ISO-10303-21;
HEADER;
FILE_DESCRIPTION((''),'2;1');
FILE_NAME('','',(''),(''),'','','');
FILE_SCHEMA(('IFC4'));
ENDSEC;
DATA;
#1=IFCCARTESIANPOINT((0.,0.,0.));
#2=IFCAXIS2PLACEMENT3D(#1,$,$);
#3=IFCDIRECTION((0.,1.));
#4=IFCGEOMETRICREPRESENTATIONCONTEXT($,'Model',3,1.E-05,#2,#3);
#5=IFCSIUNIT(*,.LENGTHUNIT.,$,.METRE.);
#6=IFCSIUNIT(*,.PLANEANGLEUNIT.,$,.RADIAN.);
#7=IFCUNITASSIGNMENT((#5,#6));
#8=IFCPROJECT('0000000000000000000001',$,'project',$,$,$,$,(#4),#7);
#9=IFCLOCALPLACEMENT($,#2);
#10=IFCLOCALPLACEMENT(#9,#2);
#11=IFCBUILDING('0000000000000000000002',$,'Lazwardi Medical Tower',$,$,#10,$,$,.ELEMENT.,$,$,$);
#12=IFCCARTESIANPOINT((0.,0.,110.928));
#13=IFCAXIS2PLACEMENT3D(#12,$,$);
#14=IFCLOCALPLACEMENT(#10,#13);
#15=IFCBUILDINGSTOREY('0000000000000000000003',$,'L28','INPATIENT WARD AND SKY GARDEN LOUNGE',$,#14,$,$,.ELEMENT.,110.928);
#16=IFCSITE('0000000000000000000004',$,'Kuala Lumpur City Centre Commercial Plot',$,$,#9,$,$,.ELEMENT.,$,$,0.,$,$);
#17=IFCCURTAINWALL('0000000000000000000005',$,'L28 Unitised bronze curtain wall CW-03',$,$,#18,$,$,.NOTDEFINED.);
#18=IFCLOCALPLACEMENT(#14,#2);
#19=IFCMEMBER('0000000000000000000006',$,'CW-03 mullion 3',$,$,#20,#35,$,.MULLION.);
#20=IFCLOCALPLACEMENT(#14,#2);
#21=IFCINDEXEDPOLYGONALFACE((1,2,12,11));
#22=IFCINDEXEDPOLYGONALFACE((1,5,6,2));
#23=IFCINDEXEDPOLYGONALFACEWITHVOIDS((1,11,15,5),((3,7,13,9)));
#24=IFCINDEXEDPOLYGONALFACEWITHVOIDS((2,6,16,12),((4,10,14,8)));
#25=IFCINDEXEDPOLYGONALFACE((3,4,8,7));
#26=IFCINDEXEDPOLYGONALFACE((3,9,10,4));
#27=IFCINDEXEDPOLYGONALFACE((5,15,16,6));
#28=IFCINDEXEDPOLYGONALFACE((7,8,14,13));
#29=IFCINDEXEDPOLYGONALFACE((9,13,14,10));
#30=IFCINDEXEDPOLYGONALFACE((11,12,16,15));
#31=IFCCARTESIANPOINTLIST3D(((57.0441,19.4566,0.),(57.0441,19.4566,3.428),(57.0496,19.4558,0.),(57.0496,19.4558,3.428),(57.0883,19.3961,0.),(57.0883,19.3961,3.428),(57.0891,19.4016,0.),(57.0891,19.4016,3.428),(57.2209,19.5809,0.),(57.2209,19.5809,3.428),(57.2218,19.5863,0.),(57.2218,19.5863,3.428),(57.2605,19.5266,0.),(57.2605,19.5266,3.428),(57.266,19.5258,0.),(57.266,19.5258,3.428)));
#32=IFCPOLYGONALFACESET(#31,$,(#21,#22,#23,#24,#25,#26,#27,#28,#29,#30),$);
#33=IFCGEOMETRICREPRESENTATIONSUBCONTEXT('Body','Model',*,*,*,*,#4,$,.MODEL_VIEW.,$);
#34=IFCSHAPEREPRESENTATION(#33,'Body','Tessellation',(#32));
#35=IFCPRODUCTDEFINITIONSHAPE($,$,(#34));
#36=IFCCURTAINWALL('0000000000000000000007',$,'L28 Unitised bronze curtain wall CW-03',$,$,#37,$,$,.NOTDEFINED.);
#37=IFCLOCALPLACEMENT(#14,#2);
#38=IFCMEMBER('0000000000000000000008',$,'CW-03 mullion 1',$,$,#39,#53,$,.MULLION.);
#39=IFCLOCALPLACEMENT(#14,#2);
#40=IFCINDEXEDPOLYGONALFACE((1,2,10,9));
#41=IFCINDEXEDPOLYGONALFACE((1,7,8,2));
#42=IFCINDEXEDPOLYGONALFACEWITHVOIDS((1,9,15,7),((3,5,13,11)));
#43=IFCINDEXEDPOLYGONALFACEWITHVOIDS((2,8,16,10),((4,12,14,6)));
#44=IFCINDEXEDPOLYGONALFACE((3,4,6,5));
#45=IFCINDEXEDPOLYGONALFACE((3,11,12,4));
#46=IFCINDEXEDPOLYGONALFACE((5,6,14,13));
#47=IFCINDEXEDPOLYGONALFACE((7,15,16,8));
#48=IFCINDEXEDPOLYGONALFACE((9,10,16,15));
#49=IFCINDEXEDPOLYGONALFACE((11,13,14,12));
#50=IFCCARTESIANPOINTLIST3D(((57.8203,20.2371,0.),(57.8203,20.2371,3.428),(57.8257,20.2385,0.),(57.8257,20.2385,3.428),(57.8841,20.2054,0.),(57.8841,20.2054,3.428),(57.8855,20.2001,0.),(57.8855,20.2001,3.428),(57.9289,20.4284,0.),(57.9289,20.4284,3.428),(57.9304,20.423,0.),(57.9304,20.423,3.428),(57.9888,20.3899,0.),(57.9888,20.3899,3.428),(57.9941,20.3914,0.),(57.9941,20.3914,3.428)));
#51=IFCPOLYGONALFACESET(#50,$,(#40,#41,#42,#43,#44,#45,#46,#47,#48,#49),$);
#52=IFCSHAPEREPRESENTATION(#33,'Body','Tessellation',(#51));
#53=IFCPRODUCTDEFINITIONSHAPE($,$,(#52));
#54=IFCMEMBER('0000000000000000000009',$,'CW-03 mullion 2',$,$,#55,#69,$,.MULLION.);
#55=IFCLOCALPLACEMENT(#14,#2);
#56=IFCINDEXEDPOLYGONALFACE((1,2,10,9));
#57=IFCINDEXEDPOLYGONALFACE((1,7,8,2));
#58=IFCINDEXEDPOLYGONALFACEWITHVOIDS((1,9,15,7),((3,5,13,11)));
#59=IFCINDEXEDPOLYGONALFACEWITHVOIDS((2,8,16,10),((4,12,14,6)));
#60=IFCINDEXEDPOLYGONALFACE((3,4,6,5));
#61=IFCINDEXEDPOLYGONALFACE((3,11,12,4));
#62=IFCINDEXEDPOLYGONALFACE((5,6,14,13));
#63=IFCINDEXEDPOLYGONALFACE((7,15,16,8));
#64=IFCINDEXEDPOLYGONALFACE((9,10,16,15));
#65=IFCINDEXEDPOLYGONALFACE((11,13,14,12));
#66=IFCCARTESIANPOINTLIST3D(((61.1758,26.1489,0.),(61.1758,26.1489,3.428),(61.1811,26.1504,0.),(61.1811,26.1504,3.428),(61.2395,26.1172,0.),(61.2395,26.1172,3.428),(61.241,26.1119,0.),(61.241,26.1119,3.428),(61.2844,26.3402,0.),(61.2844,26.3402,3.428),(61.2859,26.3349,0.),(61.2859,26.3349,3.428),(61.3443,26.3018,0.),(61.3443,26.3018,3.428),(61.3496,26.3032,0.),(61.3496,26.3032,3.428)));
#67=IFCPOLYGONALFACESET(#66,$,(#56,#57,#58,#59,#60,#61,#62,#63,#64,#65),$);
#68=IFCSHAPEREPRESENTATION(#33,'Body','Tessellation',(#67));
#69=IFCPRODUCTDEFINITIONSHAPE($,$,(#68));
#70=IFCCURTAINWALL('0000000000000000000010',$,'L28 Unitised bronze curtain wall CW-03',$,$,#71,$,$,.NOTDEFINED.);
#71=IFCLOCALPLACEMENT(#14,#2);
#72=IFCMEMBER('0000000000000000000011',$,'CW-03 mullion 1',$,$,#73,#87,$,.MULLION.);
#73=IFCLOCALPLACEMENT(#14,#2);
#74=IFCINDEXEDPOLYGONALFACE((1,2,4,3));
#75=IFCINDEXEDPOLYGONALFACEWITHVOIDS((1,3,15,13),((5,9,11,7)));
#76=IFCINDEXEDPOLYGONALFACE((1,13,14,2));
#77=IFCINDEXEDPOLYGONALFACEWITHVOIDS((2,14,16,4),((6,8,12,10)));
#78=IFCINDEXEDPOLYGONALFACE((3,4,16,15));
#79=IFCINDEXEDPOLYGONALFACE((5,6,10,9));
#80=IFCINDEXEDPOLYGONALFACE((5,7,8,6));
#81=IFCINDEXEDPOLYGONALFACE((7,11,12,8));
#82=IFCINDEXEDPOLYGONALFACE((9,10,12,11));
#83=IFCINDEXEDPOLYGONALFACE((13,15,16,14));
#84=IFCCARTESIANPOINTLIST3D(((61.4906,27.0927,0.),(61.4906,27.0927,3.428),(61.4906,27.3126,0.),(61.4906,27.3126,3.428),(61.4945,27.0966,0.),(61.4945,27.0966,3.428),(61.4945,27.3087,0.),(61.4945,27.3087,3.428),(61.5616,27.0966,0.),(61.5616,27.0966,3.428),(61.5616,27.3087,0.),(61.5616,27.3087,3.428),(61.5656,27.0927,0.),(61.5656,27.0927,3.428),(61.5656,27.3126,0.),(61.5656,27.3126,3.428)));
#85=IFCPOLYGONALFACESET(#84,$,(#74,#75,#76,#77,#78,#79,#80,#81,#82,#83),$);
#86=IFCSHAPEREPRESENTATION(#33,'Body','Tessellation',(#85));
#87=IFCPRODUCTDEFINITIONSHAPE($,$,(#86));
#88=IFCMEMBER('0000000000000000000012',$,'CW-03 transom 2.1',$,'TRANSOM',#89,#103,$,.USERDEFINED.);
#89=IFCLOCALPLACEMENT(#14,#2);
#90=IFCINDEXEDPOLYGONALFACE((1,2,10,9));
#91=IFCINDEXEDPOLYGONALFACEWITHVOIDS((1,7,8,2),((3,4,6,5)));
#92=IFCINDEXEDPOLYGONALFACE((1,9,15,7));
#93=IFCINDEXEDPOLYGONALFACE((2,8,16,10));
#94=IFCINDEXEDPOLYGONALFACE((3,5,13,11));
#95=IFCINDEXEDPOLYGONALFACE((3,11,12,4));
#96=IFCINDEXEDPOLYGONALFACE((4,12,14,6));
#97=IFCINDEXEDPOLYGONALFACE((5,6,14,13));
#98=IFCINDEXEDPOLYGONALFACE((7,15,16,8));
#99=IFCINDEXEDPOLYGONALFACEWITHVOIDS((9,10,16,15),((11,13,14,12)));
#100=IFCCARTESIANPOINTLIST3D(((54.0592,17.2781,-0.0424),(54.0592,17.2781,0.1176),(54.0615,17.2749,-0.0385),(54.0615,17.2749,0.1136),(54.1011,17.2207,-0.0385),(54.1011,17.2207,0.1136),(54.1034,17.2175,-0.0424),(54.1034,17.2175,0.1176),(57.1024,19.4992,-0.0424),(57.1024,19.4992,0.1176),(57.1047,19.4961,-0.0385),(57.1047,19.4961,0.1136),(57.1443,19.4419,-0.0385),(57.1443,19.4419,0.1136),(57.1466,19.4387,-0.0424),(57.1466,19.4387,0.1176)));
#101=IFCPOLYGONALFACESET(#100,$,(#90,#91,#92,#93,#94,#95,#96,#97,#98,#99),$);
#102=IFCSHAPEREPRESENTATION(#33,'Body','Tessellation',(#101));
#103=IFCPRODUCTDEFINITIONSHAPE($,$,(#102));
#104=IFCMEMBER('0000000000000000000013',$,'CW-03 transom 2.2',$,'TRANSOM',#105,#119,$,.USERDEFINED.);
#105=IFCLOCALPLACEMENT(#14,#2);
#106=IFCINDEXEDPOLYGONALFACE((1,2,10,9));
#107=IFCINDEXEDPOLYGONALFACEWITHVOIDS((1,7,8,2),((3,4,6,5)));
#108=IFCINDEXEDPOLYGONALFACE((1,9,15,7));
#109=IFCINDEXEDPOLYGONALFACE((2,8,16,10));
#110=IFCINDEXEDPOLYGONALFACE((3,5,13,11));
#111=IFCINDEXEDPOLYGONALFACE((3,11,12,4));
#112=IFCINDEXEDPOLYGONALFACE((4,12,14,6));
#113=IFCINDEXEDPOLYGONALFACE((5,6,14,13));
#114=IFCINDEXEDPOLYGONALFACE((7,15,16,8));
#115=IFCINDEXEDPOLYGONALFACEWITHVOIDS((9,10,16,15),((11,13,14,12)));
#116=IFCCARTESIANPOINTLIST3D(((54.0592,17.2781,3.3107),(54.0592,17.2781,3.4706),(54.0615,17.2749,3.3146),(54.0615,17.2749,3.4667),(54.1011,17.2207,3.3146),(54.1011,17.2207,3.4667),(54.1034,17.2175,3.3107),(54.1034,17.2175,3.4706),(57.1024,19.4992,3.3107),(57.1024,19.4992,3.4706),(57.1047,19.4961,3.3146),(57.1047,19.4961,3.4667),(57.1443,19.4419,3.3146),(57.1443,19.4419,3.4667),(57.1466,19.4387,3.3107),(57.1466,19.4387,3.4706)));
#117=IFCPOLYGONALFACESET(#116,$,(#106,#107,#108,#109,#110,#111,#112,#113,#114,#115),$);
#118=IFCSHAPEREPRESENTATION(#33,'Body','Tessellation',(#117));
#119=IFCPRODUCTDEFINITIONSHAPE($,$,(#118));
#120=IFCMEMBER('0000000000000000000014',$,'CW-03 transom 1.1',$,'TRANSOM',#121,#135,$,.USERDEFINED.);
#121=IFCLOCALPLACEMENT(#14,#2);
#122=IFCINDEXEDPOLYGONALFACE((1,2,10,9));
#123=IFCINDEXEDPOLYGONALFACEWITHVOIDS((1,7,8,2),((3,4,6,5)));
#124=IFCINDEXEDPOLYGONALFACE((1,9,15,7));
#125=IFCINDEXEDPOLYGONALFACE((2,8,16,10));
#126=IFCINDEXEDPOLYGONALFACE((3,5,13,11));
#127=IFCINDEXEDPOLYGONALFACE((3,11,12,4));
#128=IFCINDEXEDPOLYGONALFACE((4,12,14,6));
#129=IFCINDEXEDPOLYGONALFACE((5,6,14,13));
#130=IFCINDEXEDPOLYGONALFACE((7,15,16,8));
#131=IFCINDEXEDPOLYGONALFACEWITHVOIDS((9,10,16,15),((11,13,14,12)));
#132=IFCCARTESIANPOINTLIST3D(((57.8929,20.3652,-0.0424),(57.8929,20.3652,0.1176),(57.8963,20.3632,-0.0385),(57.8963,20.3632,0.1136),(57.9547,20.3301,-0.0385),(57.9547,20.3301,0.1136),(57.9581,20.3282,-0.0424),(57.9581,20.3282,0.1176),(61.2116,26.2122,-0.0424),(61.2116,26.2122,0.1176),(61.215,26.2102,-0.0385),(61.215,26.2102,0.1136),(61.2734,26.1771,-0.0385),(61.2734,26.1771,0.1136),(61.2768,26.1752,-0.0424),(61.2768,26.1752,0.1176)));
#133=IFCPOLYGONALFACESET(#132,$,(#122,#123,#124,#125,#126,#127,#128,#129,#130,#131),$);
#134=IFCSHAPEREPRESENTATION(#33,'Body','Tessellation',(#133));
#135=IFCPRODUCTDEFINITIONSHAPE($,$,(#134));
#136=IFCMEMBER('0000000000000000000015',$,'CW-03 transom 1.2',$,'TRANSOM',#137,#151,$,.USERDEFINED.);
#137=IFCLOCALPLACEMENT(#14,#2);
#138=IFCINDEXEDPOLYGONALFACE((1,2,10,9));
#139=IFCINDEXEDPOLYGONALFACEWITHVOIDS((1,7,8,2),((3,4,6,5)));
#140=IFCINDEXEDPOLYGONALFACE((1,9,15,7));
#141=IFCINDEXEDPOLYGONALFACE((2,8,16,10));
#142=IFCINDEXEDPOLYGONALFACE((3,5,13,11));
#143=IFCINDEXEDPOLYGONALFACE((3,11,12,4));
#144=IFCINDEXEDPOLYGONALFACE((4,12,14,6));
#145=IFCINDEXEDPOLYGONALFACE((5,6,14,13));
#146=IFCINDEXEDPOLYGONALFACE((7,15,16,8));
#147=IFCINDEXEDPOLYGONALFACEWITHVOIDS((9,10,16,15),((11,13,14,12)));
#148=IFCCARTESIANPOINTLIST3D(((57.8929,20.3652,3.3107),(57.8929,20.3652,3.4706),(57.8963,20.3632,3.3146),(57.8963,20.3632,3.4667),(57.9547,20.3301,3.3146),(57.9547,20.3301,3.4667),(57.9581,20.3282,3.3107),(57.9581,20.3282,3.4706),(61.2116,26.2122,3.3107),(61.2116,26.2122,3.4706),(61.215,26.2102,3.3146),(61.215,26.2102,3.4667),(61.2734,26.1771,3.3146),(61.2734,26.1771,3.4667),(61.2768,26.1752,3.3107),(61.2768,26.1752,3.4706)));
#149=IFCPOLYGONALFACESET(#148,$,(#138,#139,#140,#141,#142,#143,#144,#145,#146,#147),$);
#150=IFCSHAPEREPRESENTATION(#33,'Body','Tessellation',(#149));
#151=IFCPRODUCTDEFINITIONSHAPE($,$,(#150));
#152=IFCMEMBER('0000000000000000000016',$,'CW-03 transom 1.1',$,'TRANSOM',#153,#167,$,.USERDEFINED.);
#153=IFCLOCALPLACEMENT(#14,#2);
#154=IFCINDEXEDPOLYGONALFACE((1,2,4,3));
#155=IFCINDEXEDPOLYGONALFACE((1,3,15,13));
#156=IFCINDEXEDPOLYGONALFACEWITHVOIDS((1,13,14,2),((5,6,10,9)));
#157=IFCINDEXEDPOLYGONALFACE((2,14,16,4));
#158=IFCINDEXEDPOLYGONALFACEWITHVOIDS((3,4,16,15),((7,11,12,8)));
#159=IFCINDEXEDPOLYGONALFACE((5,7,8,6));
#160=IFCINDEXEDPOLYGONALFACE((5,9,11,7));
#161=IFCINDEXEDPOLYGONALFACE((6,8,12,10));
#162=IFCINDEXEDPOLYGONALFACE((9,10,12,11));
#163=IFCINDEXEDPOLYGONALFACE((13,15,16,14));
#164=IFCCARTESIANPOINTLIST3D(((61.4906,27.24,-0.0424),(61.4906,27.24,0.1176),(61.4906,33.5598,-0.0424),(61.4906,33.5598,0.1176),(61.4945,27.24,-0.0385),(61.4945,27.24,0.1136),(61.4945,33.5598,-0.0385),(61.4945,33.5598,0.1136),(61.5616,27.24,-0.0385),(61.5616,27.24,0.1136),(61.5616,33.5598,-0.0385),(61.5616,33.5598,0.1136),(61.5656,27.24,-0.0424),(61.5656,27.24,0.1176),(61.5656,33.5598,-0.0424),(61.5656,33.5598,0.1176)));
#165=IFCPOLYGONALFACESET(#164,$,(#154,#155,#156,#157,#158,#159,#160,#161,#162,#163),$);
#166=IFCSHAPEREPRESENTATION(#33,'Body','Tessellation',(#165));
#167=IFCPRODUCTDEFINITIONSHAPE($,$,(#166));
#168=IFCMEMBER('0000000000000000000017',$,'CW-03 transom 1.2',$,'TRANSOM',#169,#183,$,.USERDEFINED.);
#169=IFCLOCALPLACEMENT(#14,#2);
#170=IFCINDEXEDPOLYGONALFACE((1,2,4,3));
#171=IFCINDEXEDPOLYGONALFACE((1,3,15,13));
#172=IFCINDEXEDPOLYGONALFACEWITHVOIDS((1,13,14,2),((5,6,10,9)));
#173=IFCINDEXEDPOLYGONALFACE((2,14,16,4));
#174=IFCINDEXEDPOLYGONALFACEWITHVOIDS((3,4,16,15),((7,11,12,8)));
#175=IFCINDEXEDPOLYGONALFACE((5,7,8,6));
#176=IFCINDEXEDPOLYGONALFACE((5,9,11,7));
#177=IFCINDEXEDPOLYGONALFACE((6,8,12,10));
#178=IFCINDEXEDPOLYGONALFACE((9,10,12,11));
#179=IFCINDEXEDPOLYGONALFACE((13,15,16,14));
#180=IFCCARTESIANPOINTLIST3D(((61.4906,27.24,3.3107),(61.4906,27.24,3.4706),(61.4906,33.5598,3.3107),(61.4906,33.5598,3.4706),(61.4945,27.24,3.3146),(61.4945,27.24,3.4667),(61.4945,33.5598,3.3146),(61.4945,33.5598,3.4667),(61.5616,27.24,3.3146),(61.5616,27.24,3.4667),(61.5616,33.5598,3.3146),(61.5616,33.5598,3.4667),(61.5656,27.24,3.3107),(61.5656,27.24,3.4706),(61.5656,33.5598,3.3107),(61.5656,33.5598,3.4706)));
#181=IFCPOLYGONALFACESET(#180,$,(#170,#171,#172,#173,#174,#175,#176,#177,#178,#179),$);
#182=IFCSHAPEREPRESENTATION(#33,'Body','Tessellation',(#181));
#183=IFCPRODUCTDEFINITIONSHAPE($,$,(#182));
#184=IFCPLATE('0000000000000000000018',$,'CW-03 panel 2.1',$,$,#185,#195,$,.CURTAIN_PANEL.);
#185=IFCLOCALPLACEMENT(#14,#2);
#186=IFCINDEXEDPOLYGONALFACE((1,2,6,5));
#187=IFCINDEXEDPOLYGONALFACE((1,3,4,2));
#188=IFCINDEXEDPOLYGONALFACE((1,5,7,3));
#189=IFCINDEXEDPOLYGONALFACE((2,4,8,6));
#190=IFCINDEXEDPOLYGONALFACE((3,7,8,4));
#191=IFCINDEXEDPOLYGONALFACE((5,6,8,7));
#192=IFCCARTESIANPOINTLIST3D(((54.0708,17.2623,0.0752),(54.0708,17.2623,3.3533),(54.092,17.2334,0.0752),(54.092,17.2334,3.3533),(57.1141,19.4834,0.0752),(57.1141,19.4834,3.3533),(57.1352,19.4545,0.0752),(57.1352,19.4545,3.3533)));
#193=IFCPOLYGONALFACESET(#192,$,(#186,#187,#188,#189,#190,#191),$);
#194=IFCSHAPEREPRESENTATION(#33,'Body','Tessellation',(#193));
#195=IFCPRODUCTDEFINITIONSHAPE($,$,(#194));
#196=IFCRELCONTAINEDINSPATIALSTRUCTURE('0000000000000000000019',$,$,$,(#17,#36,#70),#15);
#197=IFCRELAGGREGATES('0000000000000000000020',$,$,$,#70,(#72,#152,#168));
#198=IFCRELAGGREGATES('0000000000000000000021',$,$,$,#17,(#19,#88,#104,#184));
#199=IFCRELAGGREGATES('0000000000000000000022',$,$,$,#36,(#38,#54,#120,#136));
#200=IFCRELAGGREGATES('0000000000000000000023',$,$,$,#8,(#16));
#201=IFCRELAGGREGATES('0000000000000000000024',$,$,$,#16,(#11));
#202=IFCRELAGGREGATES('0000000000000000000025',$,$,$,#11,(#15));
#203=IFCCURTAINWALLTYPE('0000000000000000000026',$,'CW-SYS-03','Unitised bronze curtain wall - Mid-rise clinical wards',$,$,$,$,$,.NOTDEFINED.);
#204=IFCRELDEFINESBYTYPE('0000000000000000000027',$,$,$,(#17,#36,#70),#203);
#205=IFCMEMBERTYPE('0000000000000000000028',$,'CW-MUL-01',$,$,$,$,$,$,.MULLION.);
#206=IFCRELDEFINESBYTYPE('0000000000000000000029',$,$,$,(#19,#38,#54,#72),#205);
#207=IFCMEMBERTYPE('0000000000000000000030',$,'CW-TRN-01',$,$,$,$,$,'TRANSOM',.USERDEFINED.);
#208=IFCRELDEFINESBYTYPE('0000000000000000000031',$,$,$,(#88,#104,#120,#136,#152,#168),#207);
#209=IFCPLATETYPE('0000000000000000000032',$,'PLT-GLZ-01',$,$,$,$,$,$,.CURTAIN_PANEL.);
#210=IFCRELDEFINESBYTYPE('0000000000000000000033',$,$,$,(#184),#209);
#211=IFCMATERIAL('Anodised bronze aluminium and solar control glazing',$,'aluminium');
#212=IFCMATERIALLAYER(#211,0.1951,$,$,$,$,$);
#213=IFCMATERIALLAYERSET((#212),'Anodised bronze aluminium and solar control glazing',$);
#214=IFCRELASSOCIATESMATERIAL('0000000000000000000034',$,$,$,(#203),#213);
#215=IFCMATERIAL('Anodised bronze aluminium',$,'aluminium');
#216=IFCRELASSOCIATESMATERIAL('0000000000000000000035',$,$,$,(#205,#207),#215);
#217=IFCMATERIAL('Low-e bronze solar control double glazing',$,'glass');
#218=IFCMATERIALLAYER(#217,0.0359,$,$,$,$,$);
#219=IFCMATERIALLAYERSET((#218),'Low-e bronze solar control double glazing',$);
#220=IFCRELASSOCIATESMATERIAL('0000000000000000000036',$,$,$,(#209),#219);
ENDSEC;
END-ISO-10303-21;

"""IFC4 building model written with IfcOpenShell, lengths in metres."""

from ifc_helpers import new_model, si_unit, direction, frame, origin, origin_2d, place, context, subcontext, project, spatial, rectangle, hollow_rectangle, extrude, material, layer, layer_set, material_profile, profile_set, type_object, element, aggregate, save


model = new_model("IFC4")

# Units and contexts
model_context = context("Model", 3, precision=1e-05, world=origin(), true_north=direction((0.0, 1.0)))
body_context = subcontext(model_context, "Body", "Model", "MODEL_VIEW")
ifc_project = project(units=[si_unit("LENGTHUNIT", "METRE"), si_unit("PLANEANGLEUNIT", "RADIAN")], contexts=[model_context])

# Site, building, storey
site_placement = place(None, origin())
site = spatial("IfcSite", under=ifc_project, at=site_placement, Name="Kuala Lumpur City Centre Commercial Plot", CompositionType="ELEMENT", RefElevation=0.0)
building_placement = place(site_placement, origin())
building = spatial("IfcBuilding", under=site, at=building_placement, Name="Lazwardi Medical Tower", CompositionType="ELEMENT")
storey_placement = place(building_placement, frame((0.0, 0.0, 110.928)))
storey = spatial("IfcBuildingStorey", under=building, at=storey_placement, Name="L28", Description="INPATIENT WARD AND SKY GARDEN LOUNGE", CompositionType="ELEMENT", Elevation=110.928)

# Curtain wall, member
ifc_material_1 = material(Name="Anodised bronze aluminium and solar control glazing", Category="aluminium")
ifc_layer_1 = layer(ifc_material_1, 0.1951)
ifc_layer_set_1 = layer_set([ifc_layer_1], Name="Anodised bronze aluminium and solar control glazing")
curtain_wall_type = type_object("IfcCurtainWallType", Name="CW-SYS-03", Description="Unitised bronze curtain wall - Mid-rise clinical wards", PredefinedType="NOTDEFINED", material=ifc_layer_set_1)
curtain_wall_1_placement = place(storey_placement, origin())
curtain_wall_1 = element("IfcCurtainWall", 1, at=curtain_wall_1_placement, inside=storey, type_object=curtain_wall_type, Name="L28 Unitised bronze curtain wall CW-03", PredefinedType="NOTDEFINED")
ifc_material_2 = material(Name="Anodised bronze aluminium", Category="aluminium")
ifc_material_profile_1 = material_profile(ifc_material_2, hollow_rectangle(XDim=0.075, YDim=0.22, WallThickness=0.0039, at=origin_2d()), Name="ALU-MULLION 220x75x4")
ifc_profile_set_1 = profile_set([ifc_material_profile_1], Name="Anodised bronze aluminium")
member_type_1 = type_object("IfcMemberType", Name="CW-MUL-01", PredefinedType="MULLION", material=ifc_profile_set_1)
member_1_placement = place(storey_placement, frame((57.155, 19.4912, 0.0), z_axis=(0.0, 0.0, 1.0), x_axis=(-0.589531, 0.807746, 0.0)))
member_1 = element("IfcMember", 2, at=member_1_placement, type_object=member_type_1, Name="CW-03 mullion 3", PredefinedType="MULLION", context=body_context, shape_type="SweptSolid", body=[
    extrude(hollow_rectangle(XDim=0.075, YDim=0.22, WallThickness=0.0039, at=origin_2d()), origin(), (0.0, 0.0, 1.0), 3.428),
])

# Curtain wall, members
curtain_wall_2_placement = place(storey_placement, origin())
curtain_wall_2 = element("IfcCurtainWall", 3, at=curtain_wall_2_placement, inside=storey, type_object=curtain_wall_type, Name="L28 Unitised bronze curtain wall CW-03", PredefinedType="NOTDEFINED")
member_2_placement = place(storey_placement, frame((57.9072, 20.3142, 0.0), z_axis=(0.0, 0.0, 1.0), x_axis=(-0.869687, 0.493603, 0.0)))
member_2 = element("IfcMember", 4, at=member_2_placement, type_object=member_type_1, Name="CW-03 mullion 1", PredefinedType="MULLION", context=body_context, shape_type="SweptSolid", body=[
    extrude(hollow_rectangle(XDim=0.075, YDim=0.22, WallThickness=0.0039, at=origin_2d()), origin(), (0.0, 0.0, 1.0), 3.428),
])
member_3_placement = place(storey_placement, frame((61.2627, 26.2261, 0.0), z_axis=(0.0, 0.0, 1.0), x_axis=(-0.869687, 0.493603, 0.0)))
member_3 = element("IfcMember", 5, at=member_3_placement, type_object=member_type_1, Name="CW-03 mullion 2", PredefinedType="MULLION", context=body_context, shape_type="SweptSolid", body=[
    extrude(hollow_rectangle(XDim=0.075, YDim=0.22, WallThickness=0.0039, at=origin_2d()), origin(), (0.0, 0.0, 1.0), 3.428),
])

# Curtain wall, member
curtain_wall_3_placement = place(storey_placement, origin())
curtain_wall_3 = element("IfcCurtainWall", 6, at=curtain_wall_3_placement, inside=storey, type_object=curtain_wall_type, Name="L28 Unitised bronze curtain wall CW-03", PredefinedType="NOTDEFINED")
member_4_placement = place(storey_placement, frame((61.5281, 27.2026, 0.0), z_axis=(0.0, 0.0, 1.0), x_axis=(-1.0, 0.0, 0.0)))
member_4 = element("IfcMember", 7, at=member_4_placement, type_object=member_type_1, Name="CW-03 mullion 1", PredefinedType="MULLION", context=body_context, shape_type="SweptSolid", body=[
    extrude(hollow_rectangle(XDim=0.075, YDim=0.22, WallThickness=0.0039, at=origin_2d()), origin(), (0.0, 0.0, 1.0), 3.428),
])

# Members
ifc_material_profile_2 = material_profile(ifc_material_2, hollow_rectangle(XDim=0.075, YDim=0.1599, WallThickness=0.0039, at=origin_2d()), Name="ALU-TRANSOM 160x75x4")
ifc_profile_set_2 = profile_set([ifc_material_profile_2], Name="Anodised bronze aluminium")
member_type_2 = type_object("IfcMemberType", Name="CW-TRN-01", ElementType="TRANSOM", PredefinedType="USERDEFINED", material=ifc_profile_set_2)
member_5_placement = place(storey_placement, frame((54.0813, 17.2478, 0.0376), z_axis=(0.807732, 0.58955, 0.0), x_axis=(-0.58955, 0.807732, 0.0)))
member_5 = element("IfcMember", 8, at=member_5_placement, type_object=member_type_2, Name="CW-03 transom 2.1", ObjectType="TRANSOM", PredefinedType="USERDEFINED", context=body_context, shape_type="SweptSolid", body=[
    extrude(hollow_rectangle(XDim=0.075, YDim=0.1599, WallThickness=0.0039, at=origin_2d()), origin(), (0.0, 0.0, 1.0), 3.7676),
])
member_6_placement = place(storey_placement, frame((54.0813, 17.2478, 3.3906), z_axis=(0.807732, 0.58955, 0.0), x_axis=(-0.58955, 0.807732, 0.0)))
member_6 = element("IfcMember", 9, at=member_6_placement, type_object=member_type_2, Name="CW-03 transom 2.2", ObjectType="TRANSOM", PredefinedType="USERDEFINED", context=body_context, shape_type="SweptSolid", body=[
    extrude(hollow_rectangle(XDim=0.075, YDim=0.1599, WallThickness=0.0039, at=origin_2d()), origin(), (0.0, 0.0, 1.0), 3.7676),
])
member_7_placement = place(storey_placement, frame((57.9255, 20.3467, 0.0376), z_axis=(0.493614, 0.869681, 0.0), x_axis=(-0.869681, 0.493614, 0.0)))
member_7 = element("IfcMember", 10, at=member_7_placement, type_object=member_type_2, Name="CW-03 transom 1.1", ObjectType="TRANSOM", PredefinedType="USERDEFINED", context=body_context, shape_type="SweptSolid", body=[
    extrude(hollow_rectangle(XDim=0.075, YDim=0.1599, WallThickness=0.0039, at=origin_2d()), origin(), (0.0, 0.0, 1.0), 6.7231),
])
member_8_placement = place(storey_placement, frame((57.9255, 20.3467, 3.3906), z_axis=(0.493614, 0.869681, 0.0), x_axis=(-0.869681, 0.493614, 0.0)))
member_8 = element("IfcMember", 11, at=member_8_placement, type_object=member_type_2, Name="CW-03 transom 1.2", ObjectType="TRANSOM", PredefinedType="USERDEFINED", context=body_context, shape_type="SweptSolid", body=[
    extrude(hollow_rectangle(XDim=0.075, YDim=0.1599, WallThickness=0.0039, at=origin_2d()), origin(), (0.0, 0.0, 1.0), 6.7231),
])
member_9_placement = place(storey_placement, frame((61.5281, 27.24, 0.0376), z_axis=(0.0, 1.0, 0.0), x_axis=(-1.0, 0.0, 0.0)))
member_9 = element("IfcMember", 12, at=member_9_placement, type_object=member_type_2, Name="CW-03 transom 1.1", ObjectType="TRANSOM", PredefinedType="USERDEFINED", context=body_context, shape_type="SweptSolid", body=[
    extrude(hollow_rectangle(XDim=0.075, YDim=0.1599, WallThickness=0.0039, at=origin_2d()), origin(), (0.0, 0.0, 1.0), 6.3198),
])
member_10_placement = place(storey_placement, frame((61.5281, 27.24, 3.3906), z_axis=(0.0, 1.0, 0.0), x_axis=(-1.0, 0.0, 0.0)))
member_10 = element("IfcMember", 13, at=member_10_placement, type_object=member_type_2, Name="CW-03 transom 1.2", ObjectType="TRANSOM", PredefinedType="USERDEFINED", context=body_context, shape_type="SweptSolid", body=[
    extrude(hollow_rectangle(XDim=0.075, YDim=0.1599, WallThickness=0.0039, at=origin_2d()), origin(), (0.0, 0.0, 1.0), 6.3198),
])
aggregate(curtain_wall_3, [member_4, member_9, member_10])

# Plate
ifc_material_3 = material(Name="Low-e bronze solar control double glazing", Category="glass")
ifc_layer_2 = layer(ifc_material_3, 0.0359)
ifc_layer_set_2 = layer_set([ifc_layer_2], Name="Low-e bronze solar control double glazing")
plate_type = type_object("IfcPlateType", Name="PLT-GLZ-01", PredefinedType="CURTAIN_PANEL", material=ifc_layer_set_2)
plate_1_placement = place(storey_placement, frame((55.603, 18.3584, 0.0752), z_axis=(0.0, 0.0, 1.0), x_axis=(0.807746, 0.589531, 0.0)))
plate_1 = element("IfcPlate", 14, at=plate_1_placement, type_object=plate_type, Name="CW-03 panel 2.1", PredefinedType="CURTAIN_PANEL", context=body_context, shape_type="SweptSolid", body=[
    extrude(rectangle(XDim=3.7676, YDim=0.0359, at=origin_2d()), origin(), (0.0, 0.0, 1.0), 3.2781),
])
aggregate(curtain_wall_1, [member_1, member_5, member_6, plate_1])
aggregate(curtain_wall_2, [member_2, member_3, member_7, member_8])

save(model, "model.ifc")
